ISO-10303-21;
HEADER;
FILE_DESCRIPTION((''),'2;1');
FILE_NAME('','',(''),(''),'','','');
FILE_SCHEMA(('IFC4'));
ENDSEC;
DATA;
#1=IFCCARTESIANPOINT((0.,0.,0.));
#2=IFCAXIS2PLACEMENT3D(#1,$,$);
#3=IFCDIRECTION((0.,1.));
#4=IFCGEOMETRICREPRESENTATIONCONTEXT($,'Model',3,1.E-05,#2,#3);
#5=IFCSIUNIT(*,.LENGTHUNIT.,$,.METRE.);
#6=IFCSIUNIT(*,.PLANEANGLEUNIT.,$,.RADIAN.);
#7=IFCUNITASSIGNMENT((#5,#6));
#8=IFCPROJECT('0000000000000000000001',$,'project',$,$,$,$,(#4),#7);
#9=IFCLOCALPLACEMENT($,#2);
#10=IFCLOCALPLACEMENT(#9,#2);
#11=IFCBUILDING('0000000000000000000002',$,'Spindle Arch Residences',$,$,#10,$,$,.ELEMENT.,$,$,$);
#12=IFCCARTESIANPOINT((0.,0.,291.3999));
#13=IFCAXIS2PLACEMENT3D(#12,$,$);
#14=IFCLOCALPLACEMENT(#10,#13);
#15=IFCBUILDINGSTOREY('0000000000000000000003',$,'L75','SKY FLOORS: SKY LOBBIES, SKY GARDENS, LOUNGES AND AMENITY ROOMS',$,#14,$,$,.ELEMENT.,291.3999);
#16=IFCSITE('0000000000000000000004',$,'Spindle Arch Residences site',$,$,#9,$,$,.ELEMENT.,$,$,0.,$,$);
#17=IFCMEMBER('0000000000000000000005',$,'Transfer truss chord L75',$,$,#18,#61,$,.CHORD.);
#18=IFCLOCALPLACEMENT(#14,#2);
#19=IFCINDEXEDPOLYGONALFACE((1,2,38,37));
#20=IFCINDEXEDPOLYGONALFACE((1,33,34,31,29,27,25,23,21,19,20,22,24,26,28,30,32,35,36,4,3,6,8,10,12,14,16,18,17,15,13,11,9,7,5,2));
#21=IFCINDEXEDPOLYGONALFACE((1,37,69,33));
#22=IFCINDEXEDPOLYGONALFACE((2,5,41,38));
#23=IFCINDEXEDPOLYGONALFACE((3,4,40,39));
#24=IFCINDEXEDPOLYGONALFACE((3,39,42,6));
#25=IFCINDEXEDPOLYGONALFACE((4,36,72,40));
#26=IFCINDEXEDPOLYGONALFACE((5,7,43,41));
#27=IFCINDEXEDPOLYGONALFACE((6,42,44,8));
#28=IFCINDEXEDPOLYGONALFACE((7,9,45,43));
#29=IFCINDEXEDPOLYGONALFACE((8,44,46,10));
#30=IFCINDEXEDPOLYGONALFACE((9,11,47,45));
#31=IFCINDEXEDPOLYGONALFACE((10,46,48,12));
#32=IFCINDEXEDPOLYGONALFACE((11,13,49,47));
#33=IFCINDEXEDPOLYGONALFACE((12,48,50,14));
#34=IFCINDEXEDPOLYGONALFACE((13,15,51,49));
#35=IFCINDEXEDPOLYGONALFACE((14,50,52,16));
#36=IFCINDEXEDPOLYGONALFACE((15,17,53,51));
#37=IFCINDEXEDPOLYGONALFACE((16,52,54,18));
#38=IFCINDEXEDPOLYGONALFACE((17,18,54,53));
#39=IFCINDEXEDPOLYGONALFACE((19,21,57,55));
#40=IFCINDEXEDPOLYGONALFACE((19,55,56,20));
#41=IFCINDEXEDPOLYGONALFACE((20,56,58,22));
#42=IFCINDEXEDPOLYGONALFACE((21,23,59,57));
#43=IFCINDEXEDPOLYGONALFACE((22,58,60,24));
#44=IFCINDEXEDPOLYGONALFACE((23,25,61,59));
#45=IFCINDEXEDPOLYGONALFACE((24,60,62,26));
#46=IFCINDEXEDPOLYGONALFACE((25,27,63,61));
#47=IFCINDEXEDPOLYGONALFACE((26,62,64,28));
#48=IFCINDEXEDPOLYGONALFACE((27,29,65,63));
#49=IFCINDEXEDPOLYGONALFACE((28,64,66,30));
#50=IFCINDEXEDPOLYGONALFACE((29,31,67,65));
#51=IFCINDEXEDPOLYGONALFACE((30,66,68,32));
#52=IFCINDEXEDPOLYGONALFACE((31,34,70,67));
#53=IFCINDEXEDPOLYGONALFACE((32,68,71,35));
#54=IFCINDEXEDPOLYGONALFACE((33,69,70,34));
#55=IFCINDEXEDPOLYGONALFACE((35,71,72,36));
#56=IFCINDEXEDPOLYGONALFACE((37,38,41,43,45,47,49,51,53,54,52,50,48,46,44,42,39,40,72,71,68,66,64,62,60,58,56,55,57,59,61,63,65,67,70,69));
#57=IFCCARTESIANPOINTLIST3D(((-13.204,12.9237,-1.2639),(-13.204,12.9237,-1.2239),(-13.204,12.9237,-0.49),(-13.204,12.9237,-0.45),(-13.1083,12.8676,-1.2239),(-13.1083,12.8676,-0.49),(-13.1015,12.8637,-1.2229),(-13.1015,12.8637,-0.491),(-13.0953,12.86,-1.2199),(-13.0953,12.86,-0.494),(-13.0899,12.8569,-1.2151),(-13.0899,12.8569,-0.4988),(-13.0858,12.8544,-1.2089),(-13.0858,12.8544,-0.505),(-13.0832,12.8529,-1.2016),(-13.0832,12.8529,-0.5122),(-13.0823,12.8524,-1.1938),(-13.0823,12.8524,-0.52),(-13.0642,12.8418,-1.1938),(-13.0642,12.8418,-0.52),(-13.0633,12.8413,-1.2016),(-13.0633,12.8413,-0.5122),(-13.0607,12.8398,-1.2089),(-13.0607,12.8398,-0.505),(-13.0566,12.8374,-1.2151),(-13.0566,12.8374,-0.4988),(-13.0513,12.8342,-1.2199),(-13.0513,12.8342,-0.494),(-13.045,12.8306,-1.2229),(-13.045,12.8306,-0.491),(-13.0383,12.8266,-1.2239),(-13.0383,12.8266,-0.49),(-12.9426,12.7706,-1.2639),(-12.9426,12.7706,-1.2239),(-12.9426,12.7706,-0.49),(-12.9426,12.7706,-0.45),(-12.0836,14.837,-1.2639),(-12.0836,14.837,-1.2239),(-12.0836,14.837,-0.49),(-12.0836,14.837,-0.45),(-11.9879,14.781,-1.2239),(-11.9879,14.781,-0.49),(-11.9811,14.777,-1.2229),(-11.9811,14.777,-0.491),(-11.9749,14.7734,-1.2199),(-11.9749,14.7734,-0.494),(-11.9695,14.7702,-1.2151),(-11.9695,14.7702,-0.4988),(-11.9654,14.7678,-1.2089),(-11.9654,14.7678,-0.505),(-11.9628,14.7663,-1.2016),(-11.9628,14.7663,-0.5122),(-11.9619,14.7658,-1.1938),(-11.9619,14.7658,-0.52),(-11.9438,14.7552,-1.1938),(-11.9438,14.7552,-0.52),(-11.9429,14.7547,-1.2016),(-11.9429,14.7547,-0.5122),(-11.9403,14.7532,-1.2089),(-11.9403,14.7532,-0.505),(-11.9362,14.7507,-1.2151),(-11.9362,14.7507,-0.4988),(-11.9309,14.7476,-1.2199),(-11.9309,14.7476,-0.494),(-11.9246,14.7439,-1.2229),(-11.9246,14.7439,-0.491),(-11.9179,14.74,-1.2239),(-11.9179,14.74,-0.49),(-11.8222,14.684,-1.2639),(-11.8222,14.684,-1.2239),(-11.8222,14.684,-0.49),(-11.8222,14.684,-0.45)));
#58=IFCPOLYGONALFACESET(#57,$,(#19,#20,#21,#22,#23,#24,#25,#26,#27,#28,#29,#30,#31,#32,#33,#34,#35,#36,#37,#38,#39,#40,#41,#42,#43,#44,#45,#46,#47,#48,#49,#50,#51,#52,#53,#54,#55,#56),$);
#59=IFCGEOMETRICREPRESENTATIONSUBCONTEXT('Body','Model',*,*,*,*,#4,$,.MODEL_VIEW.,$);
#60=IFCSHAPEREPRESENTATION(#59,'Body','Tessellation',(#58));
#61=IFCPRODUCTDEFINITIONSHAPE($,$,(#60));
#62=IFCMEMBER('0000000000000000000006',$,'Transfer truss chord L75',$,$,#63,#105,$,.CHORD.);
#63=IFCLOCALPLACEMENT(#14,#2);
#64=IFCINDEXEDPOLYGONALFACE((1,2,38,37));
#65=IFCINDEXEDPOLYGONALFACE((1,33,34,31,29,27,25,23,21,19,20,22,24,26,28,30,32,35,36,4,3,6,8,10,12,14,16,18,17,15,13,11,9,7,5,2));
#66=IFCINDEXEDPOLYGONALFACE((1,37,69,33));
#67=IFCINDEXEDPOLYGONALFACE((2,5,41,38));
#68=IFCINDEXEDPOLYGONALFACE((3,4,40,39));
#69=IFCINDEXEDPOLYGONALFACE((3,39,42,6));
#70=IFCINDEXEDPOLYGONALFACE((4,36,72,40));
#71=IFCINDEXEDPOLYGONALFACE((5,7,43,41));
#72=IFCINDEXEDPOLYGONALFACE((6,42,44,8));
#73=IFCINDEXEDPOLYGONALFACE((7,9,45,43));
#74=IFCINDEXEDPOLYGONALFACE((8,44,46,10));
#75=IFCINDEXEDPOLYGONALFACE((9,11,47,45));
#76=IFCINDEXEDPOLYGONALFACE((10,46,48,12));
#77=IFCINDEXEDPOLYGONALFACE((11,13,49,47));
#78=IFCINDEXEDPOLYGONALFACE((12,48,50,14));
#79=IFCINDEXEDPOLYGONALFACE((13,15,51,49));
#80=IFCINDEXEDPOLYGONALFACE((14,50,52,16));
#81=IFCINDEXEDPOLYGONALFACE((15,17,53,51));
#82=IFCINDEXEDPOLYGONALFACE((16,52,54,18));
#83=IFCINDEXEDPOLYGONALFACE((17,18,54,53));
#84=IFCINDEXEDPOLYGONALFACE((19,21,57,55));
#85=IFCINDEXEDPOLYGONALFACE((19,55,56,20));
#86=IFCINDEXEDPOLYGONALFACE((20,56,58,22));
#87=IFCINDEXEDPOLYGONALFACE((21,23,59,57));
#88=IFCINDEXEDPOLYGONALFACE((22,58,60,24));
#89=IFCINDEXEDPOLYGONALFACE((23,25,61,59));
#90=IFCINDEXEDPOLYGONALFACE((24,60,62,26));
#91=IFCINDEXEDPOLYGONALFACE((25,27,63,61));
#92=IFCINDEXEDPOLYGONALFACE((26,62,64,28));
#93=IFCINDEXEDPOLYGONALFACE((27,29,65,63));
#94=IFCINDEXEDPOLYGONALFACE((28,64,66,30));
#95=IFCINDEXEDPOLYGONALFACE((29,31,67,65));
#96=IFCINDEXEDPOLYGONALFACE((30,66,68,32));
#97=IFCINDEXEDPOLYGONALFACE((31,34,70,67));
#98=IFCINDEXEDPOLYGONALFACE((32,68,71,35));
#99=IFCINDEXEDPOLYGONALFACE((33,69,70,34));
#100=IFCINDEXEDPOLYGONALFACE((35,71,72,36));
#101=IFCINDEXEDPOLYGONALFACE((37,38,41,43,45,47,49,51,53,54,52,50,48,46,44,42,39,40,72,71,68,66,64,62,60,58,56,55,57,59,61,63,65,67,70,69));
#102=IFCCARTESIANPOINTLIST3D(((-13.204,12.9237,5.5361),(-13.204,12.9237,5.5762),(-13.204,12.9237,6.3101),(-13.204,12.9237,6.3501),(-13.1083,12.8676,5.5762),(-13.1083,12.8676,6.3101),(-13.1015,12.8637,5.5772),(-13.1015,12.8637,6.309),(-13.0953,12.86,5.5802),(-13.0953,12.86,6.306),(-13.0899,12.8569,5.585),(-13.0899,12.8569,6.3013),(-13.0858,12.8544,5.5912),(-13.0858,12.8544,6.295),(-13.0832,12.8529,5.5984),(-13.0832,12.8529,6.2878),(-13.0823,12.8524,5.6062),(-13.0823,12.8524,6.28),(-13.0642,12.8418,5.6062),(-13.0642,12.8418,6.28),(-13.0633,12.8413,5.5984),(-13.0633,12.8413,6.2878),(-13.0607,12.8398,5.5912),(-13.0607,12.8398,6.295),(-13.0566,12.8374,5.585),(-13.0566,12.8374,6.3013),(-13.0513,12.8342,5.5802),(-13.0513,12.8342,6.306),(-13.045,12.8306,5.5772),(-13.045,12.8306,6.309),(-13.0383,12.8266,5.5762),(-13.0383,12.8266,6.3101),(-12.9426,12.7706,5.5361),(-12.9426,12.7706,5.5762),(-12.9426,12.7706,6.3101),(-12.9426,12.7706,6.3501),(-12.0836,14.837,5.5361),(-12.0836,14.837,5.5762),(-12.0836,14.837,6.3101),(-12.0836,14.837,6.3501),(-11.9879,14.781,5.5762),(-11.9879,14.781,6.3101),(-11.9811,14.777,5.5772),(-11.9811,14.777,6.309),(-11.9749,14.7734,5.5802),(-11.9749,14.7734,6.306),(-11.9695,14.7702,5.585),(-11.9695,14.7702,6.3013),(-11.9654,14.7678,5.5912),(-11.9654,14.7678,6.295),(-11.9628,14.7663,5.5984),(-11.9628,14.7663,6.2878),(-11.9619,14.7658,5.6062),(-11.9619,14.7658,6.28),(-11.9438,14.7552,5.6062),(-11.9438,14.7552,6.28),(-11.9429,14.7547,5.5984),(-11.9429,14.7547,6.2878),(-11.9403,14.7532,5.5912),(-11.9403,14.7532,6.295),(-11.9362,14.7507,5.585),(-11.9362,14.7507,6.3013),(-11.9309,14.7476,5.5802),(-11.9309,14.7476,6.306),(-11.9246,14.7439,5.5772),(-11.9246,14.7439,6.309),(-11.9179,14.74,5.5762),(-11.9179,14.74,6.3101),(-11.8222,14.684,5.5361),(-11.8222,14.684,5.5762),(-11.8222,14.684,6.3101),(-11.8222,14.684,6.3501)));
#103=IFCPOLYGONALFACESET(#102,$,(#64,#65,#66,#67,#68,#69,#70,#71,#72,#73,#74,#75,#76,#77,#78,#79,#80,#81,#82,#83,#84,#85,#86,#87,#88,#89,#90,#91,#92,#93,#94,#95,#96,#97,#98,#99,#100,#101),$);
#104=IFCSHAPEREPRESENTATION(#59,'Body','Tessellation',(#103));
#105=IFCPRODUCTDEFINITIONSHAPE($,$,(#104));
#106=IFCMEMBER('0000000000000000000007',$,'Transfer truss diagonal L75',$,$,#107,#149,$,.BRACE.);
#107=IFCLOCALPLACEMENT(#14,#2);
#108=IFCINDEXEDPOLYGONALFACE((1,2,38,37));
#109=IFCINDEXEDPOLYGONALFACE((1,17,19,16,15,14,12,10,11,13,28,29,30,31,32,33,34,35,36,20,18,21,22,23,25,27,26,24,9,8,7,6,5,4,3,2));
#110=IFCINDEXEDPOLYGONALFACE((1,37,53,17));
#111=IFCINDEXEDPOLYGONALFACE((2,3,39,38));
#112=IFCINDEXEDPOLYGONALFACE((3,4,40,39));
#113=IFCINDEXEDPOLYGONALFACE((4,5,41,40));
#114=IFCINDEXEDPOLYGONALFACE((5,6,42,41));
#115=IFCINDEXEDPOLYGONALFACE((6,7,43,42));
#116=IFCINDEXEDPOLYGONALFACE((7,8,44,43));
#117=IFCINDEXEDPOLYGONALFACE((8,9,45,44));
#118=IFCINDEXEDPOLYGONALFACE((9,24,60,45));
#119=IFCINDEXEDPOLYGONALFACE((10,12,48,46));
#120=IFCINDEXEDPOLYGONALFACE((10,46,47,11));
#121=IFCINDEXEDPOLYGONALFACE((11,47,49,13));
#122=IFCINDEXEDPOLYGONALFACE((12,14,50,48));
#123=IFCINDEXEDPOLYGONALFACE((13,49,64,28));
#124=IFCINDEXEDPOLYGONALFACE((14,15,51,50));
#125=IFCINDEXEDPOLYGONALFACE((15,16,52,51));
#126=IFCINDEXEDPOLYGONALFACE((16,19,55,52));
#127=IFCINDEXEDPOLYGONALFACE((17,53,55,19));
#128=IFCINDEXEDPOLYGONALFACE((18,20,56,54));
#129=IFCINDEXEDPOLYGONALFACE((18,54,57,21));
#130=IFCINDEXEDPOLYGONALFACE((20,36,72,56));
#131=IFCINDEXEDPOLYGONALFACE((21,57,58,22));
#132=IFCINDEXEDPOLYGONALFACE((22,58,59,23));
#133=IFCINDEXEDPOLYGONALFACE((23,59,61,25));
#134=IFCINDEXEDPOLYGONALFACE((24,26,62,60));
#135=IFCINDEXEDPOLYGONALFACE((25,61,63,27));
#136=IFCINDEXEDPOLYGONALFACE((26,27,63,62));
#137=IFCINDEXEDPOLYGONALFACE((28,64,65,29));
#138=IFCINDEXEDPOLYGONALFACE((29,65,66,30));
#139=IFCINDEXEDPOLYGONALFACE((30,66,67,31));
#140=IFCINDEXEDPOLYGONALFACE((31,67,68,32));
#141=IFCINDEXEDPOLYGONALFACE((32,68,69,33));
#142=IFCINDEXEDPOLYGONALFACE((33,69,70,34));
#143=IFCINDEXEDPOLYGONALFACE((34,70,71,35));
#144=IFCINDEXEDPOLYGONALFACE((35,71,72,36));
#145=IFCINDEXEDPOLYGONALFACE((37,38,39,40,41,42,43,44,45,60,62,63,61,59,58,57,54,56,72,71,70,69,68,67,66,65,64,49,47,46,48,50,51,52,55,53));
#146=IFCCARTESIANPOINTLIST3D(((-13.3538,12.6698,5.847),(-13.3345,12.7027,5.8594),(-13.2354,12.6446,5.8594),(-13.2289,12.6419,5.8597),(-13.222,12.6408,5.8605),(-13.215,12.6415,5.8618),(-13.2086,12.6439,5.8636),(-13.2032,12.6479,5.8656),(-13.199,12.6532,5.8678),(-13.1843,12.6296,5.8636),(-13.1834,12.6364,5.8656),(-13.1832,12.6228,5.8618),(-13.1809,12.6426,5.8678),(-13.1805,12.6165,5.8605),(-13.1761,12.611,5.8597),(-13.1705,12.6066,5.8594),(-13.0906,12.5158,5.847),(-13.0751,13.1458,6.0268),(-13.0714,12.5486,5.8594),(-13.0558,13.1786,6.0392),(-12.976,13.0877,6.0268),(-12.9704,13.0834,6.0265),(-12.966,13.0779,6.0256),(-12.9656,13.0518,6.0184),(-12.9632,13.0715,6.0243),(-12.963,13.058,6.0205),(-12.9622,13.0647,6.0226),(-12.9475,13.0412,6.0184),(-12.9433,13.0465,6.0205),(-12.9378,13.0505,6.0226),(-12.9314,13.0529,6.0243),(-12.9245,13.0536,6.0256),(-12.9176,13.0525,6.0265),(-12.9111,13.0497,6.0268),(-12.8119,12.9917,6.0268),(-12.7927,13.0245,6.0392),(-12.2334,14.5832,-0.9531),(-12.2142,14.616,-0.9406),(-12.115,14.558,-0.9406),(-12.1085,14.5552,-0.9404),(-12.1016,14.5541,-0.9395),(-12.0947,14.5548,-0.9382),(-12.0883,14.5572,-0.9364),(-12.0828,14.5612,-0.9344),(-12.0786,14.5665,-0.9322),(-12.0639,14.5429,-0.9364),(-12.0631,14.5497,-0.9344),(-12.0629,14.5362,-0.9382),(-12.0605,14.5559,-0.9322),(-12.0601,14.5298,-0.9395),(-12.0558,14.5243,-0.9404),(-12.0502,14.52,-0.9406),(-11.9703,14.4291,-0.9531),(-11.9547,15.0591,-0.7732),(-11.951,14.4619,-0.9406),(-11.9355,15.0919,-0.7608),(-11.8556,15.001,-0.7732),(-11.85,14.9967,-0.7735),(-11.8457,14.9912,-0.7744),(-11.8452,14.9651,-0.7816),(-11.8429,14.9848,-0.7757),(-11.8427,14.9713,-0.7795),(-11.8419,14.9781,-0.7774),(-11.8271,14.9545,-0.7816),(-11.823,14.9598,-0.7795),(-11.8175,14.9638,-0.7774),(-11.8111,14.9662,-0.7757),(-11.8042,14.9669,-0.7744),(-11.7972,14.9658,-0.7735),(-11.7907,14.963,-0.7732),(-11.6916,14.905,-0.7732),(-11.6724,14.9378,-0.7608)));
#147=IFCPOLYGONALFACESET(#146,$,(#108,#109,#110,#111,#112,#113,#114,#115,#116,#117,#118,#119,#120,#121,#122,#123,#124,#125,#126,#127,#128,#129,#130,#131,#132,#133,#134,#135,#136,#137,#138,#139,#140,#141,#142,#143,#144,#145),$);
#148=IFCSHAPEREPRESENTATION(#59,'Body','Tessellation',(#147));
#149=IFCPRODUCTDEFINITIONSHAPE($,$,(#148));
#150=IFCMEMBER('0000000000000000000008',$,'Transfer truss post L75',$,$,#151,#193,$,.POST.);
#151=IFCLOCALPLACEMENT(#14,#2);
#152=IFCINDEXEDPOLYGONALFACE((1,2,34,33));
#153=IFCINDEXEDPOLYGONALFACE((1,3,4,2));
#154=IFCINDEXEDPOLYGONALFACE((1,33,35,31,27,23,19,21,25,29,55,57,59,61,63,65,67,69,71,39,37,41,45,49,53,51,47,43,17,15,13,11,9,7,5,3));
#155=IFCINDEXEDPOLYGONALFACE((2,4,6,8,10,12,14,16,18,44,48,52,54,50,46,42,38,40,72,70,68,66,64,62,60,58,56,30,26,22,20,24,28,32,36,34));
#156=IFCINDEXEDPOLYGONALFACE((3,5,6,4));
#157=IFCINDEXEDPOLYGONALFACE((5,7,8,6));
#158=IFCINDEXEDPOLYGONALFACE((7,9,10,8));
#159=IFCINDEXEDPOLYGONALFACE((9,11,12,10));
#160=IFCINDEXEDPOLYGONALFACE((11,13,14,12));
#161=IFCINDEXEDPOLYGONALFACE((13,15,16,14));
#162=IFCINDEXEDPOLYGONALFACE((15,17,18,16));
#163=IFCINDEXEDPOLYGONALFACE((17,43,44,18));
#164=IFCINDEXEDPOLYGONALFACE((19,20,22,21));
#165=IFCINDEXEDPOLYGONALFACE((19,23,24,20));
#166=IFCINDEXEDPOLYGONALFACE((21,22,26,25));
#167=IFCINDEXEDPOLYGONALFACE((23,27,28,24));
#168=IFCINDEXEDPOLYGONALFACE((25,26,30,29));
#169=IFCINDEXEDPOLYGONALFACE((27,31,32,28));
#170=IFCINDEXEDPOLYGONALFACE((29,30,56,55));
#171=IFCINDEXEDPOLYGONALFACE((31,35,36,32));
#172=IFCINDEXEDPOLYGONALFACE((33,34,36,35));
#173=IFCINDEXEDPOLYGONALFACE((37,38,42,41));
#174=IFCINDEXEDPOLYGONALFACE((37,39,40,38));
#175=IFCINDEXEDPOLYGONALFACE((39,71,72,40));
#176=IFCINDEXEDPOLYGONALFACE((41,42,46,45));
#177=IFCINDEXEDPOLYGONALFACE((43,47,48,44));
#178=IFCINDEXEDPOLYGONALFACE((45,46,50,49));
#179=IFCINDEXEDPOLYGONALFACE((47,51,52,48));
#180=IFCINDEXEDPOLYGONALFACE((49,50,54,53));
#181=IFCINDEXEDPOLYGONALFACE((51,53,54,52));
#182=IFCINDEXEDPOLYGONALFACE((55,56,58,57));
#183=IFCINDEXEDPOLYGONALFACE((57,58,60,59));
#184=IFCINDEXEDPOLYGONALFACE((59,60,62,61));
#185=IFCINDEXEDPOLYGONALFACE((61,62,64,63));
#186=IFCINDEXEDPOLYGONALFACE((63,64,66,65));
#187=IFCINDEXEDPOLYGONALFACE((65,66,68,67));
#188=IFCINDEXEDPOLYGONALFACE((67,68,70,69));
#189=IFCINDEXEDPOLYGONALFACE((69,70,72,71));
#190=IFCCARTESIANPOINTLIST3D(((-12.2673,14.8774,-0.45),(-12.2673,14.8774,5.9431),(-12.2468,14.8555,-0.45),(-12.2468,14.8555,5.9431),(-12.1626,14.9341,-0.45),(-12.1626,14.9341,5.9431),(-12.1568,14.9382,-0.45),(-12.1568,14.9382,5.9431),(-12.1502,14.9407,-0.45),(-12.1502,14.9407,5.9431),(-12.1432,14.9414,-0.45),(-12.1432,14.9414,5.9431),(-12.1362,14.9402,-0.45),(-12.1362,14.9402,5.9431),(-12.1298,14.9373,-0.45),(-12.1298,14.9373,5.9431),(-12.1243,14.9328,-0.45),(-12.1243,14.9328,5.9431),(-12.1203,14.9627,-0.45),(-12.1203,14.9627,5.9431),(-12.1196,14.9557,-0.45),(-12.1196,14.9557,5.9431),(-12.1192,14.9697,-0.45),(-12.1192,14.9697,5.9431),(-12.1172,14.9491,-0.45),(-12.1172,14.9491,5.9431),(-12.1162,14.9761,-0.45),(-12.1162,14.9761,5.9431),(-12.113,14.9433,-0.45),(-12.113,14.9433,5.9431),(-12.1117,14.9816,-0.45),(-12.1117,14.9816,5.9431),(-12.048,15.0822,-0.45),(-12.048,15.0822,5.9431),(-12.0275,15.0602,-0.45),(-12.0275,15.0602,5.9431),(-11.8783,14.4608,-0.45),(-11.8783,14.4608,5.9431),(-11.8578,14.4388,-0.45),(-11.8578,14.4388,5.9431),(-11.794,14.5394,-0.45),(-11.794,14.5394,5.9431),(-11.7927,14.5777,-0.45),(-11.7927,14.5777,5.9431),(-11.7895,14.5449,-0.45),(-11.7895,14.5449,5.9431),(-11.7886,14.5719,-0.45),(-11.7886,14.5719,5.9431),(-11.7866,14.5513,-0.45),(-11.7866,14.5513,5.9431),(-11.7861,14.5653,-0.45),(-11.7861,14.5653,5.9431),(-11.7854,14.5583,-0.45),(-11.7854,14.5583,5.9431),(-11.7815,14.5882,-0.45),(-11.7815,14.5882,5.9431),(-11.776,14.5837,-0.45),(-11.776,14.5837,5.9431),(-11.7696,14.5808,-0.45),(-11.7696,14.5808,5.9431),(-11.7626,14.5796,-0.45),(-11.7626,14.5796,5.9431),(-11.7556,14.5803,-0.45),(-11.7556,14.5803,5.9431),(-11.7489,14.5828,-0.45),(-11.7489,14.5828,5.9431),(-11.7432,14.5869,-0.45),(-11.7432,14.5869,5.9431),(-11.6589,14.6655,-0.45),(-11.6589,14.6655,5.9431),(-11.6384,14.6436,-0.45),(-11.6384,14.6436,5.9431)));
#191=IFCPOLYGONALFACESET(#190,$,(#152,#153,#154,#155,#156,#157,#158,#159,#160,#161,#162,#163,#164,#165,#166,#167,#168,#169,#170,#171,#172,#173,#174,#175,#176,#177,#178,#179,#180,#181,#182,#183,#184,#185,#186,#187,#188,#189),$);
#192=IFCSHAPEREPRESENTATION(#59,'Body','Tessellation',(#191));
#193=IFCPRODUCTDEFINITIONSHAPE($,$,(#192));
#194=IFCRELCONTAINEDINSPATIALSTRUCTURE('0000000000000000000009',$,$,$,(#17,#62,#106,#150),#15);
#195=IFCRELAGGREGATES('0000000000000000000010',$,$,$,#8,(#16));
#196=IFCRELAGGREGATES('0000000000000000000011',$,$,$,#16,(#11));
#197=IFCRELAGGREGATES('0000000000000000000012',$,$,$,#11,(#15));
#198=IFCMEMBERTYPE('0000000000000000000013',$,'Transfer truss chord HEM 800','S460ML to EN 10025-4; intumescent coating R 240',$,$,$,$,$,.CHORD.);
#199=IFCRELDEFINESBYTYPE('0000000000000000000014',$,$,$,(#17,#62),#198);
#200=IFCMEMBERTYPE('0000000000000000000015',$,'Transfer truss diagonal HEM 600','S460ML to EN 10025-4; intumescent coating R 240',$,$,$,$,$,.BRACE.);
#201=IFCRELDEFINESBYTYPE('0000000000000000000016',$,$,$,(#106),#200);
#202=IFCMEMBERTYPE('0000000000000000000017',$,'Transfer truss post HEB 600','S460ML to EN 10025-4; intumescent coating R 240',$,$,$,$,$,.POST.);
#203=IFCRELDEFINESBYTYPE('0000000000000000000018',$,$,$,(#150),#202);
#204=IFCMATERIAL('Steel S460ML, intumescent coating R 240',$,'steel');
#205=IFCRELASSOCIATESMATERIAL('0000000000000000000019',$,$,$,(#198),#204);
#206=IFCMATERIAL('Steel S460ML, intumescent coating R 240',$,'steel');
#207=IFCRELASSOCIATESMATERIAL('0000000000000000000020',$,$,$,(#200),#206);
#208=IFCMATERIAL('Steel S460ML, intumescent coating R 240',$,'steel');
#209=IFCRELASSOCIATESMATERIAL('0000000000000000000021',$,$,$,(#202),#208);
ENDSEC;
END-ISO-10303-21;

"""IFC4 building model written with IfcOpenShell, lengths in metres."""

from ifc_helpers import new_model, si_unit, direction, frame, origin, origin_2d, place, context, subcontext, project, spatial, i_section, extrude, material, material_profile, profile_set, type_object, element, save


model = new_model("IFC4")

# Units and contexts
model_context = context("Model", 3, precision=1e-05, world=origin(), true_north=direction((0.0, 1.0)))
body_context = subcontext(model_context, "Body", "Model", "MODEL_VIEW")
ifc_project = project(units=[si_unit("LENGTHUNIT", "METRE"), si_unit("PLANEANGLEUNIT", "RADIAN")], contexts=[model_context])

# Site, building, storey
site_placement = place(None, origin())
site = spatial("IfcSite", under=ifc_project, at=site_placement, Name="Spindle Arch Residences site", CompositionType="ELEMENT", RefElevation=0.0)
building_placement = place(site_placement, origin())
building = spatial("IfcBuilding", under=site, at=building_placement, Name="Spindle Arch Residences", CompositionType="ELEMENT")
storey_placement = place(building_placement, frame((0.0, 0.0, 291.3999)))
storey = spatial("IfcBuildingStorey", under=building, at=storey_placement, Name="L75", Description="SKY FLOORS: SKY LOBBIES, SKY GARDENS, LOUNGES AND AMENITY ROOMS", CompositionType="ELEMENT", Elevation=291.3999)

# Members
ifc_material_1 = material(Name="Steel S460ML, intumescent coating R 240", Category="steel")
ifc_material_profile_1 = material_profile(ifc_material_1, i_section(OverallWidth=0.303, OverallDepth=0.814, WebThickness=0.021, FlangeThickness=0.04, FilletRadius=0.03, at=origin_2d()), Name="HEM 800")
ifc_profile_set_1 = profile_set([ifc_material_profile_1], Name="Steel S460ML, intumescent coating R 240")
member_type_1 = type_object("IfcMemberType", Name="Transfer truss chord HEM 800", Description="S460ML to EN 10025-4; intumescent coating R 240", PredefinedType="CHORD", material=ifc_profile_set_1)
for number, where, z_axis, x_axis, name in (
    (1, (-11.9529, 14.7605, -0.8569), (-0.505301, -0.862943, 0.0), (0.862943, -0.505301, 0.0), "Transfer truss chord L75"),
    (2, (-11.9529, 14.7605, 5.9431), (-0.505301, -0.862943, 0.0), (0.862943, -0.505301, 0.0), "Transfer truss chord L75"),
):
    element("IfcMember", number, at=place(storey_placement, frame(where, z_axis=z_axis, x_axis=x_axis)), inside=storey, type_object=member_type_1, Name=name, PredefinedType="CHORD", context=body_context, shape_type="SweptSolid", body=[
        extrude(i_section(OverallWidth=0.303, OverallDepth=0.814, WebThickness=0.021, FlangeThickness=0.04, FilletRadius=0.03, at=origin_2d()), origin(), (0.0, 0.0, 1.0), 2.2173),
    ])
ifc_material_2 = material(Name="Steel S460ML, intumescent coating R 240", Category="steel")
ifc_material_profile_2 = material_profile(ifc_material_2, i_section(OverallWidth=0.3049, OverallDepth=0.6201, WebThickness=0.021, FlangeThickness=0.04, FilletRadius=0.0271, at=origin_2d()), Name="HEM 600")
ifc_profile_set_2 = profile_set([ifc_material_profile_2], Name="Steel S460ML, intumescent coating R 240")
member_type_2 = type_object("IfcMemberType", Name="Transfer truss diagonal HEM 600", Description="S460ML to EN 10025-4; intumescent coating R 240", PredefinedType="BRACE", material=ifc_profile_set_2)
member_1_placement = place(storey_placement, frame((-11.9529, 14.7605, -0.8569), z_axis=(-0.156641, -0.267509, 0.950738), x_axis=(0.862943, -0.505301, 0.0)))
element("IfcMember", 3, at=member_1_placement, inside=storey, type_object=member_type_2, Name="Transfer truss diagonal L75", PredefinedType="BRACE", context=body_context, shape_type="SweptSolid", body=[
    extrude(i_section(OverallWidth=0.3049, OverallDepth=0.6201, WebThickness=0.021, FlangeThickness=0.04, FilletRadius=0.0271, at=origin_2d()), origin(), (0.0, 0.0, 1.0), 7.1523),
])
ifc_material_3 = material(Name="Steel S460ML, intumescent coating R 240", Category="steel")
ifc_material_profile_3 = material_profile(ifc_material_3, i_section(OverallWidth=0.3, OverallDepth=0.6001, WebThickness=0.0154, FlangeThickness=0.03, FilletRadius=0.0271, at=origin_2d()), Name="HEB 600")
ifc_profile_set_3 = profile_set([ifc_material_profile_3], Name="Steel S460ML, intumescent coating R 240")
member_type_3 = type_object("IfcMemberType", Name="Transfer truss post HEB 600", Description="S460ML to EN 10025-4; intumescent coating R 240", PredefinedType="POST", material=ifc_profile_set_3)
member_2_placement = place(storey_placement, frame((-11.9529, 14.7605, -0.45), z_axis=(0.0, 0.0, 1.0), x_axis=(0.730901, 0.682483, 0.0)))
element("IfcMember", 4, at=member_2_placement, inside=storey, type_object=member_type_3, Name="Transfer truss post L75", PredefinedType="POST", context=body_context, shape_type="SweptSolid", body=[
    extrude(i_section(OverallWidth=0.3, OverallDepth=0.6001, WebThickness=0.0154, FlangeThickness=0.03, FilletRadius=0.0271, at=origin_2d()), origin(), (0.0, 0.0, 1.0), 6.3931),
])

save(model, "model.ifc")
